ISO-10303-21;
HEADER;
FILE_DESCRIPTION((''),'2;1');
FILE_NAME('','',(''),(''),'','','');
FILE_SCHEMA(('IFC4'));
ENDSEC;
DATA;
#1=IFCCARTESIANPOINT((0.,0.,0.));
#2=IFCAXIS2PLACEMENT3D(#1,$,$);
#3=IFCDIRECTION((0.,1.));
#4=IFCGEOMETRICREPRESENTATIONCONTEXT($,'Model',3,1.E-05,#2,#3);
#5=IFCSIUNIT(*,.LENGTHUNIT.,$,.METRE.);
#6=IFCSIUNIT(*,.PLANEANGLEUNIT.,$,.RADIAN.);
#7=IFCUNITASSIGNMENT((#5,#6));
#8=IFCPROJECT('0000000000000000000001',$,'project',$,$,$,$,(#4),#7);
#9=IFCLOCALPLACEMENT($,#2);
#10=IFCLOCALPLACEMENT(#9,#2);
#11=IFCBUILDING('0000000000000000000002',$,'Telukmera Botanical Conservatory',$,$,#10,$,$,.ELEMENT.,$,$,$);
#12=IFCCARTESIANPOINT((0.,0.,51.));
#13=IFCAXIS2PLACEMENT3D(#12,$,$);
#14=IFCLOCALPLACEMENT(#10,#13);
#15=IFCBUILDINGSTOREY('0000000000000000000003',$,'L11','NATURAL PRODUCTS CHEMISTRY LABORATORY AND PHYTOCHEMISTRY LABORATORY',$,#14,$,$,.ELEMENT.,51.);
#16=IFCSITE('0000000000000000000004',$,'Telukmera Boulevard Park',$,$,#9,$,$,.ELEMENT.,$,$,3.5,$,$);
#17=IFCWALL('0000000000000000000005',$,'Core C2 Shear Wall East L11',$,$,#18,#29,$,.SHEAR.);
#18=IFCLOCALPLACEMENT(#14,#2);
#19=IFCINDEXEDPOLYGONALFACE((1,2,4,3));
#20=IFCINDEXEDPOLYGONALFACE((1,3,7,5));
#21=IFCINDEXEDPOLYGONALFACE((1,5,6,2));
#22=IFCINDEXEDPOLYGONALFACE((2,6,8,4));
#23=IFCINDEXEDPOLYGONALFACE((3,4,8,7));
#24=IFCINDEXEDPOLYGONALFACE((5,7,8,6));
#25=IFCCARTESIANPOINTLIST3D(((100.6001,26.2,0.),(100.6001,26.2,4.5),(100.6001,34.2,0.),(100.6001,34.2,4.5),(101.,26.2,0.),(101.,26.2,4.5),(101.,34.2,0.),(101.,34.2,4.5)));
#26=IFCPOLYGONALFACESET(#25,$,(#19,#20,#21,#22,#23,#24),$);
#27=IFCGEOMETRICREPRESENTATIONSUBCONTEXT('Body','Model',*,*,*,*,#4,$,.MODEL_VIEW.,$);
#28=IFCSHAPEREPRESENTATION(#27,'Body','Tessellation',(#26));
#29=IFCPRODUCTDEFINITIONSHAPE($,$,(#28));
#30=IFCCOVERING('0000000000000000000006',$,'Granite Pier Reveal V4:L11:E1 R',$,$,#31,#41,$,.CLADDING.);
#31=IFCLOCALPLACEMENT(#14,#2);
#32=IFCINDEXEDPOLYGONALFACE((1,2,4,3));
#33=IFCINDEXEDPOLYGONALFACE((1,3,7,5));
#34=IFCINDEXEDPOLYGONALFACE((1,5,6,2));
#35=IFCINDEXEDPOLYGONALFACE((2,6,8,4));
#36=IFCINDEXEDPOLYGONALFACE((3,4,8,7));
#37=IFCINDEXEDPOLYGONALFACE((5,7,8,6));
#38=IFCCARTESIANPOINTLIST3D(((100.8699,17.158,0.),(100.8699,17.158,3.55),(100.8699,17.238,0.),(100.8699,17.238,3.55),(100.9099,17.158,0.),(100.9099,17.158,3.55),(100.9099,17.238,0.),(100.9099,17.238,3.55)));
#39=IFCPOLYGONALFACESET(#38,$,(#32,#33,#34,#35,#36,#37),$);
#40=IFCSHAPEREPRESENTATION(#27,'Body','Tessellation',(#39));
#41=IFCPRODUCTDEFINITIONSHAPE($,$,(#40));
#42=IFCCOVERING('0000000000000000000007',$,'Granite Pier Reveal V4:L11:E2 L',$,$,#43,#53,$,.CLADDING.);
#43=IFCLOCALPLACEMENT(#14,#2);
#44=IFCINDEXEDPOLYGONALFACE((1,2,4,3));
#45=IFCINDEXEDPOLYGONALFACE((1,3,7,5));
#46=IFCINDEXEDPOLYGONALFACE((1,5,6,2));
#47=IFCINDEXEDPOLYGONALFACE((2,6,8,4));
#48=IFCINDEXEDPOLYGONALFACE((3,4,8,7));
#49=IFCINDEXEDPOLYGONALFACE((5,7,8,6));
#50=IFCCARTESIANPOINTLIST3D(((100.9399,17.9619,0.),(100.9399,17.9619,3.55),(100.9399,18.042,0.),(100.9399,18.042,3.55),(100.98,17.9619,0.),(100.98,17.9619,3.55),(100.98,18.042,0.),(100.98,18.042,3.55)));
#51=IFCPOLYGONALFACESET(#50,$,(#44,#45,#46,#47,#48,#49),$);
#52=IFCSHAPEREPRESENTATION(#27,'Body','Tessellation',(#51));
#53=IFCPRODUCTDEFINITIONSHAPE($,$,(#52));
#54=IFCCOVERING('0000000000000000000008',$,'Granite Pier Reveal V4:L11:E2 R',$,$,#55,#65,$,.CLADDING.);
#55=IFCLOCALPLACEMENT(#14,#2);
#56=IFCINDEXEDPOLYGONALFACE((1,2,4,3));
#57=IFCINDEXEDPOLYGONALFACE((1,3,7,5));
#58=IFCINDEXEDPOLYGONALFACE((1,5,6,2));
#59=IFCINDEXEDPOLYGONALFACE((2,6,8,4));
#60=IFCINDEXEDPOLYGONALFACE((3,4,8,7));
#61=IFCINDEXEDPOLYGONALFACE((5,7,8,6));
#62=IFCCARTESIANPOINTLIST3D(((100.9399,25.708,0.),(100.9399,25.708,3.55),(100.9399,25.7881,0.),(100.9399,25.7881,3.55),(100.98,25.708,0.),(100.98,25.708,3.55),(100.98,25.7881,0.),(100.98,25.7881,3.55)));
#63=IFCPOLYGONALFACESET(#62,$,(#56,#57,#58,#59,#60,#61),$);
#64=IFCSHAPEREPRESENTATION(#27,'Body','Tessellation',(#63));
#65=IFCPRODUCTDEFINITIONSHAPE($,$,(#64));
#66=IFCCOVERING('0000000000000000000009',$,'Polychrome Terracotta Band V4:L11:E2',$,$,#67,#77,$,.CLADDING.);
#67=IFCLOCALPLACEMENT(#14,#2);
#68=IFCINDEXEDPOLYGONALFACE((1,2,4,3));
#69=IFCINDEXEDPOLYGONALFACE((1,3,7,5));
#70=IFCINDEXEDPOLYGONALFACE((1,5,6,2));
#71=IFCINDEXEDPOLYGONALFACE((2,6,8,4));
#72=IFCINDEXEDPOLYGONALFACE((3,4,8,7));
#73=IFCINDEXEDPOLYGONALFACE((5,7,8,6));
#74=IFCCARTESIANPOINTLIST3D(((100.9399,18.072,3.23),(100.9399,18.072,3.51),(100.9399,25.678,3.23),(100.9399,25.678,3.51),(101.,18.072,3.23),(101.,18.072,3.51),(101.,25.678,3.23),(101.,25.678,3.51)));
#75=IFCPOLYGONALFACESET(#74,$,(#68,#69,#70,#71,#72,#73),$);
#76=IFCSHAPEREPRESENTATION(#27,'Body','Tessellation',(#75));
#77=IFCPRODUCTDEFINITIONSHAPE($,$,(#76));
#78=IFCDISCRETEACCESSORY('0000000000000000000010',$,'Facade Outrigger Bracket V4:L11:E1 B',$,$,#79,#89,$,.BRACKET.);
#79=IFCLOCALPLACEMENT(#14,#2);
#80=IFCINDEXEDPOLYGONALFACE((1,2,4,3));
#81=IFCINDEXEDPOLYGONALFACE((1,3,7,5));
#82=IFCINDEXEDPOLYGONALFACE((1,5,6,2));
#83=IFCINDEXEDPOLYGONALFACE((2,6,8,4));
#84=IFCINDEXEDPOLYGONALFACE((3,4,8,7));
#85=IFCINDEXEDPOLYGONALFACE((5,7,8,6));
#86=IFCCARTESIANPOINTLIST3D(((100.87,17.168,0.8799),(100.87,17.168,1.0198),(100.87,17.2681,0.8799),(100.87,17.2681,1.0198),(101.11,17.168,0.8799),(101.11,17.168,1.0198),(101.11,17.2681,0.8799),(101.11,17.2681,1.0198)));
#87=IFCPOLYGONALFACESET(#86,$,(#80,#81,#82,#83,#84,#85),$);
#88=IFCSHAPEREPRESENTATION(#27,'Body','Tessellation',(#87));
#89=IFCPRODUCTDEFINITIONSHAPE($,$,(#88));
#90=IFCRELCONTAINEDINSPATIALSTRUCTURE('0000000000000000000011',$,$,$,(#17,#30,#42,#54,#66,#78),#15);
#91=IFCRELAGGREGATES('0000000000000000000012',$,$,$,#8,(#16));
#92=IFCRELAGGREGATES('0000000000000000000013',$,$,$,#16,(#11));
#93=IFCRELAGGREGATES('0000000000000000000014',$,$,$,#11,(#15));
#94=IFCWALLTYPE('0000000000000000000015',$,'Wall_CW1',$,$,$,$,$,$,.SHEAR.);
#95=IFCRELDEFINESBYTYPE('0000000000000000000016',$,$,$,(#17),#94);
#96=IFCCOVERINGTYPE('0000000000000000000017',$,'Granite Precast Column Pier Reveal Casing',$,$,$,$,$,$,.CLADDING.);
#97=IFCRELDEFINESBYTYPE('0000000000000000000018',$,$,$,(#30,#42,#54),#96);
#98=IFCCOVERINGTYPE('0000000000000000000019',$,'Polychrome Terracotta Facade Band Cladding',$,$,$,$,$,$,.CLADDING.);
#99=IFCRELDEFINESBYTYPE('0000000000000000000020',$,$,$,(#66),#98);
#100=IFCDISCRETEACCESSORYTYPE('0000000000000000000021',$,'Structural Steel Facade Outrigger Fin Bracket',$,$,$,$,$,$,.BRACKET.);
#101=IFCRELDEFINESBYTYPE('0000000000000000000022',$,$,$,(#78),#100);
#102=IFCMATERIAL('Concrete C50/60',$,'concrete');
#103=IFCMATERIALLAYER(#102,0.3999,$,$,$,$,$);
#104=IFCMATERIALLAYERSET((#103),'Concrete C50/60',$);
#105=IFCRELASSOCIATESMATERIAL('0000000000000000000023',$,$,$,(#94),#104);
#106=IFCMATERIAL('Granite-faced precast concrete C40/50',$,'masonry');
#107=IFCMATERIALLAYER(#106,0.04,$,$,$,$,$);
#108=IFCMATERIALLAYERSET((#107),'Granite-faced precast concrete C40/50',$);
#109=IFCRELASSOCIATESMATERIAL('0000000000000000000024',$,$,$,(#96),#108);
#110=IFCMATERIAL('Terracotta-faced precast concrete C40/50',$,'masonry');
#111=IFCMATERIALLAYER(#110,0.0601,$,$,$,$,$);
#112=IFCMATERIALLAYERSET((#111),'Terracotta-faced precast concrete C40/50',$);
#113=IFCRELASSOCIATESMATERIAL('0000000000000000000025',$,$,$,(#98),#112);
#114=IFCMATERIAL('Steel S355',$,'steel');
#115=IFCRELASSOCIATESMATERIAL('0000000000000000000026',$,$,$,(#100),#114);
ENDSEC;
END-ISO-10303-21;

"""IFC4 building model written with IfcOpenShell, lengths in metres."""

from ifc_helpers import new_model, si_unit, direction, frame, frame_2d, origin, origin_2d, place, context, subcontext, project, spatial, rectangle, extrude, material, layer, layer_set, type_object, element, save


model = new_model("IFC4")

# Units and contexts
model_context = context("Model", 3, precision=1e-05, world=origin(), true_north=direction((0.0, 1.0)))
body_context = subcontext(model_context, "Body", "Model", "MODEL_VIEW")
ifc_project = project(units=[si_unit("LENGTHUNIT", "METRE"), si_unit("PLANEANGLEUNIT", "RADIAN")], contexts=[model_context])

# Site, building, storey
site_placement = place(None, origin())
site = spatial("IfcSite", under=ifc_project, at=site_placement, Name="Telukmera Boulevard Park", CompositionType="ELEMENT", RefElevation=3.5)
building_placement = place(site_placement, origin())
building = spatial("IfcBuilding", under=site, at=building_placement, Name="Telukmera Botanical Conservatory", CompositionType="ELEMENT")
storey_placement = place(building_placement, frame((0.0, 0.0, 51.0)))
storey = spatial("IfcBuildingStorey", under=building, at=storey_placement, Name="L11", Description="NATURAL PRODUCTS CHEMISTRY LABORATORY AND PHYTOCHEMISTRY LABORATORY", CompositionType="ELEMENT", Elevation=51.0)

# Shared definitions
ifc_material_1 = material(Name="Concrete C50/60", Category="concrete")

# Wall
ifc_layer_1 = layer(ifc_material_1, 0.3999)
ifc_layer_set_1 = layer_set([ifc_layer_1], Name="Concrete C50/60")
wall_type_1 = type_object("IfcWallType", Name="Wall_CW1", PredefinedType="SHEAR", material=ifc_layer_set_1)
for number, where, z_axis, x_axis, name in (
    (1, (100.8, 26.2, 0.0), (0.0, 0.0, 1.0), (0.0, 1.0, 0.0), "Core C2 Shear Wall East L11"),
):
    element("IfcWall", number, at=place(storey_placement, frame(where, z_axis=z_axis, x_axis=x_axis)), inside=storey, type_object=wall_type_1, Name=name, PredefinedType="SHEAR", context=body_context, shape_type="SweptSolid", body=[
        extrude(rectangle(XDim=8.0, YDim=0.3999, at=frame_2d((4.0, 0.0))), origin(), (0.0, 0.0, 1.0), 4.5),
    ])

# Coverings
ifc_material_2 = material(Name="Granite-faced precast concrete C40/50", Category="masonry")
ifc_layer_2 = layer(ifc_material_2, 0.04)
ifc_layer_set_2 = layer_set([ifc_layer_2], Name="Granite-faced precast concrete C40/50")
covering_type_1 = type_object("IfcCoveringType", Name="Granite Precast Column Pier Reveal Casing", PredefinedType="CLADDING", material=ifc_layer_set_2)
for number, where, z_axis, x_axis, name in (
    (2, (100.8899, 17.198, 0.0), (0.0, 0.0, 1.0), (0.0, 1.0, 0.0), "Granite Pier Reveal V4:L11:E1 R"),
    (3, (100.96, 18.002, 0.0), (0.0, 0.0, 1.0), (0.0, 1.0, 0.0), "Granite Pier Reveal V4:L11:E2 L"),
    (4, (100.96, 25.748, 0.0), (0.0, 0.0, 1.0), (0.0, 1.0, 0.0), "Granite Pier Reveal V4:L11:E2 R"),
):
    element("IfcCovering", number, at=place(storey_placement, frame(where, z_axis=z_axis, x_axis=x_axis)), inside=storey, type_object=covering_type_1, Name=name, PredefinedType="CLADDING", context=body_context, shape_type="SweptSolid", body=[
        extrude(rectangle(XDim=0.0801, YDim=0.04, at=origin_2d()), origin(), (0.0, 0.0, 1.0), 3.55),
    ])
ifc_material_3 = material(Name="Terracotta-faced precast concrete C40/50", Category="masonry")
ifc_layer_3 = layer(ifc_material_3, 0.0601)
ifc_layer_set_3 = layer_set([ifc_layer_3], Name="Terracotta-faced precast concrete C40/50")
covering_type_2 = type_object("IfcCoveringType", Name="Polychrome Terracotta Facade Band Cladding", PredefinedType="CLADDING", material=ifc_layer_set_3)
covering_placement = place(storey_placement, frame((100.97, 21.875, 3.23), z_axis=(0.0, 0.0, 1.0), x_axis=(0.0, 1.0, 0.0)))
element("IfcCovering", 5, at=covering_placement, inside=storey, type_object=covering_type_2, Name="Polychrome Terracotta Band V4:L11:E2", PredefinedType="CLADDING", context=body_context, shape_type="SweptSolid", body=[
    extrude(rectangle(XDim=7.606, YDim=0.0601, at=origin_2d()), origin(), (0.0, 0.0, 1.0), 0.28),
])

# Discrete accessory
ifc_material_4 = material(Name="Steel S355", Category="steel")
discrete_accessory_type = type_object("IfcDiscreteAccessoryType", Name="Structural Steel Facade Outrigger Fin Bracket", PredefinedType="BRACKET", material=ifc_material_4)
discrete_accessory_placement = place(storey_placement, frame((100.99, 17.218, 0.8799), z_axis=(0.0, 0.0, 1.0), x_axis=(0.0, 1.0, 0.0)))
element("IfcDiscreteAccessory", 6, at=discrete_accessory_placement, inside=storey, type_object=discrete_accessory_type, Name="Facade Outrigger Bracket V4:L11:E1 B", PredefinedType="BRACKET", context=body_context, shape_type="SweptSolid", body=[
    extrude(rectangle(XDim=0.1001, YDim=0.24, at=origin_2d()), origin(), (0.0, 0.0, 1.0), 0.1399),
])

save(model, "model.ifc")
